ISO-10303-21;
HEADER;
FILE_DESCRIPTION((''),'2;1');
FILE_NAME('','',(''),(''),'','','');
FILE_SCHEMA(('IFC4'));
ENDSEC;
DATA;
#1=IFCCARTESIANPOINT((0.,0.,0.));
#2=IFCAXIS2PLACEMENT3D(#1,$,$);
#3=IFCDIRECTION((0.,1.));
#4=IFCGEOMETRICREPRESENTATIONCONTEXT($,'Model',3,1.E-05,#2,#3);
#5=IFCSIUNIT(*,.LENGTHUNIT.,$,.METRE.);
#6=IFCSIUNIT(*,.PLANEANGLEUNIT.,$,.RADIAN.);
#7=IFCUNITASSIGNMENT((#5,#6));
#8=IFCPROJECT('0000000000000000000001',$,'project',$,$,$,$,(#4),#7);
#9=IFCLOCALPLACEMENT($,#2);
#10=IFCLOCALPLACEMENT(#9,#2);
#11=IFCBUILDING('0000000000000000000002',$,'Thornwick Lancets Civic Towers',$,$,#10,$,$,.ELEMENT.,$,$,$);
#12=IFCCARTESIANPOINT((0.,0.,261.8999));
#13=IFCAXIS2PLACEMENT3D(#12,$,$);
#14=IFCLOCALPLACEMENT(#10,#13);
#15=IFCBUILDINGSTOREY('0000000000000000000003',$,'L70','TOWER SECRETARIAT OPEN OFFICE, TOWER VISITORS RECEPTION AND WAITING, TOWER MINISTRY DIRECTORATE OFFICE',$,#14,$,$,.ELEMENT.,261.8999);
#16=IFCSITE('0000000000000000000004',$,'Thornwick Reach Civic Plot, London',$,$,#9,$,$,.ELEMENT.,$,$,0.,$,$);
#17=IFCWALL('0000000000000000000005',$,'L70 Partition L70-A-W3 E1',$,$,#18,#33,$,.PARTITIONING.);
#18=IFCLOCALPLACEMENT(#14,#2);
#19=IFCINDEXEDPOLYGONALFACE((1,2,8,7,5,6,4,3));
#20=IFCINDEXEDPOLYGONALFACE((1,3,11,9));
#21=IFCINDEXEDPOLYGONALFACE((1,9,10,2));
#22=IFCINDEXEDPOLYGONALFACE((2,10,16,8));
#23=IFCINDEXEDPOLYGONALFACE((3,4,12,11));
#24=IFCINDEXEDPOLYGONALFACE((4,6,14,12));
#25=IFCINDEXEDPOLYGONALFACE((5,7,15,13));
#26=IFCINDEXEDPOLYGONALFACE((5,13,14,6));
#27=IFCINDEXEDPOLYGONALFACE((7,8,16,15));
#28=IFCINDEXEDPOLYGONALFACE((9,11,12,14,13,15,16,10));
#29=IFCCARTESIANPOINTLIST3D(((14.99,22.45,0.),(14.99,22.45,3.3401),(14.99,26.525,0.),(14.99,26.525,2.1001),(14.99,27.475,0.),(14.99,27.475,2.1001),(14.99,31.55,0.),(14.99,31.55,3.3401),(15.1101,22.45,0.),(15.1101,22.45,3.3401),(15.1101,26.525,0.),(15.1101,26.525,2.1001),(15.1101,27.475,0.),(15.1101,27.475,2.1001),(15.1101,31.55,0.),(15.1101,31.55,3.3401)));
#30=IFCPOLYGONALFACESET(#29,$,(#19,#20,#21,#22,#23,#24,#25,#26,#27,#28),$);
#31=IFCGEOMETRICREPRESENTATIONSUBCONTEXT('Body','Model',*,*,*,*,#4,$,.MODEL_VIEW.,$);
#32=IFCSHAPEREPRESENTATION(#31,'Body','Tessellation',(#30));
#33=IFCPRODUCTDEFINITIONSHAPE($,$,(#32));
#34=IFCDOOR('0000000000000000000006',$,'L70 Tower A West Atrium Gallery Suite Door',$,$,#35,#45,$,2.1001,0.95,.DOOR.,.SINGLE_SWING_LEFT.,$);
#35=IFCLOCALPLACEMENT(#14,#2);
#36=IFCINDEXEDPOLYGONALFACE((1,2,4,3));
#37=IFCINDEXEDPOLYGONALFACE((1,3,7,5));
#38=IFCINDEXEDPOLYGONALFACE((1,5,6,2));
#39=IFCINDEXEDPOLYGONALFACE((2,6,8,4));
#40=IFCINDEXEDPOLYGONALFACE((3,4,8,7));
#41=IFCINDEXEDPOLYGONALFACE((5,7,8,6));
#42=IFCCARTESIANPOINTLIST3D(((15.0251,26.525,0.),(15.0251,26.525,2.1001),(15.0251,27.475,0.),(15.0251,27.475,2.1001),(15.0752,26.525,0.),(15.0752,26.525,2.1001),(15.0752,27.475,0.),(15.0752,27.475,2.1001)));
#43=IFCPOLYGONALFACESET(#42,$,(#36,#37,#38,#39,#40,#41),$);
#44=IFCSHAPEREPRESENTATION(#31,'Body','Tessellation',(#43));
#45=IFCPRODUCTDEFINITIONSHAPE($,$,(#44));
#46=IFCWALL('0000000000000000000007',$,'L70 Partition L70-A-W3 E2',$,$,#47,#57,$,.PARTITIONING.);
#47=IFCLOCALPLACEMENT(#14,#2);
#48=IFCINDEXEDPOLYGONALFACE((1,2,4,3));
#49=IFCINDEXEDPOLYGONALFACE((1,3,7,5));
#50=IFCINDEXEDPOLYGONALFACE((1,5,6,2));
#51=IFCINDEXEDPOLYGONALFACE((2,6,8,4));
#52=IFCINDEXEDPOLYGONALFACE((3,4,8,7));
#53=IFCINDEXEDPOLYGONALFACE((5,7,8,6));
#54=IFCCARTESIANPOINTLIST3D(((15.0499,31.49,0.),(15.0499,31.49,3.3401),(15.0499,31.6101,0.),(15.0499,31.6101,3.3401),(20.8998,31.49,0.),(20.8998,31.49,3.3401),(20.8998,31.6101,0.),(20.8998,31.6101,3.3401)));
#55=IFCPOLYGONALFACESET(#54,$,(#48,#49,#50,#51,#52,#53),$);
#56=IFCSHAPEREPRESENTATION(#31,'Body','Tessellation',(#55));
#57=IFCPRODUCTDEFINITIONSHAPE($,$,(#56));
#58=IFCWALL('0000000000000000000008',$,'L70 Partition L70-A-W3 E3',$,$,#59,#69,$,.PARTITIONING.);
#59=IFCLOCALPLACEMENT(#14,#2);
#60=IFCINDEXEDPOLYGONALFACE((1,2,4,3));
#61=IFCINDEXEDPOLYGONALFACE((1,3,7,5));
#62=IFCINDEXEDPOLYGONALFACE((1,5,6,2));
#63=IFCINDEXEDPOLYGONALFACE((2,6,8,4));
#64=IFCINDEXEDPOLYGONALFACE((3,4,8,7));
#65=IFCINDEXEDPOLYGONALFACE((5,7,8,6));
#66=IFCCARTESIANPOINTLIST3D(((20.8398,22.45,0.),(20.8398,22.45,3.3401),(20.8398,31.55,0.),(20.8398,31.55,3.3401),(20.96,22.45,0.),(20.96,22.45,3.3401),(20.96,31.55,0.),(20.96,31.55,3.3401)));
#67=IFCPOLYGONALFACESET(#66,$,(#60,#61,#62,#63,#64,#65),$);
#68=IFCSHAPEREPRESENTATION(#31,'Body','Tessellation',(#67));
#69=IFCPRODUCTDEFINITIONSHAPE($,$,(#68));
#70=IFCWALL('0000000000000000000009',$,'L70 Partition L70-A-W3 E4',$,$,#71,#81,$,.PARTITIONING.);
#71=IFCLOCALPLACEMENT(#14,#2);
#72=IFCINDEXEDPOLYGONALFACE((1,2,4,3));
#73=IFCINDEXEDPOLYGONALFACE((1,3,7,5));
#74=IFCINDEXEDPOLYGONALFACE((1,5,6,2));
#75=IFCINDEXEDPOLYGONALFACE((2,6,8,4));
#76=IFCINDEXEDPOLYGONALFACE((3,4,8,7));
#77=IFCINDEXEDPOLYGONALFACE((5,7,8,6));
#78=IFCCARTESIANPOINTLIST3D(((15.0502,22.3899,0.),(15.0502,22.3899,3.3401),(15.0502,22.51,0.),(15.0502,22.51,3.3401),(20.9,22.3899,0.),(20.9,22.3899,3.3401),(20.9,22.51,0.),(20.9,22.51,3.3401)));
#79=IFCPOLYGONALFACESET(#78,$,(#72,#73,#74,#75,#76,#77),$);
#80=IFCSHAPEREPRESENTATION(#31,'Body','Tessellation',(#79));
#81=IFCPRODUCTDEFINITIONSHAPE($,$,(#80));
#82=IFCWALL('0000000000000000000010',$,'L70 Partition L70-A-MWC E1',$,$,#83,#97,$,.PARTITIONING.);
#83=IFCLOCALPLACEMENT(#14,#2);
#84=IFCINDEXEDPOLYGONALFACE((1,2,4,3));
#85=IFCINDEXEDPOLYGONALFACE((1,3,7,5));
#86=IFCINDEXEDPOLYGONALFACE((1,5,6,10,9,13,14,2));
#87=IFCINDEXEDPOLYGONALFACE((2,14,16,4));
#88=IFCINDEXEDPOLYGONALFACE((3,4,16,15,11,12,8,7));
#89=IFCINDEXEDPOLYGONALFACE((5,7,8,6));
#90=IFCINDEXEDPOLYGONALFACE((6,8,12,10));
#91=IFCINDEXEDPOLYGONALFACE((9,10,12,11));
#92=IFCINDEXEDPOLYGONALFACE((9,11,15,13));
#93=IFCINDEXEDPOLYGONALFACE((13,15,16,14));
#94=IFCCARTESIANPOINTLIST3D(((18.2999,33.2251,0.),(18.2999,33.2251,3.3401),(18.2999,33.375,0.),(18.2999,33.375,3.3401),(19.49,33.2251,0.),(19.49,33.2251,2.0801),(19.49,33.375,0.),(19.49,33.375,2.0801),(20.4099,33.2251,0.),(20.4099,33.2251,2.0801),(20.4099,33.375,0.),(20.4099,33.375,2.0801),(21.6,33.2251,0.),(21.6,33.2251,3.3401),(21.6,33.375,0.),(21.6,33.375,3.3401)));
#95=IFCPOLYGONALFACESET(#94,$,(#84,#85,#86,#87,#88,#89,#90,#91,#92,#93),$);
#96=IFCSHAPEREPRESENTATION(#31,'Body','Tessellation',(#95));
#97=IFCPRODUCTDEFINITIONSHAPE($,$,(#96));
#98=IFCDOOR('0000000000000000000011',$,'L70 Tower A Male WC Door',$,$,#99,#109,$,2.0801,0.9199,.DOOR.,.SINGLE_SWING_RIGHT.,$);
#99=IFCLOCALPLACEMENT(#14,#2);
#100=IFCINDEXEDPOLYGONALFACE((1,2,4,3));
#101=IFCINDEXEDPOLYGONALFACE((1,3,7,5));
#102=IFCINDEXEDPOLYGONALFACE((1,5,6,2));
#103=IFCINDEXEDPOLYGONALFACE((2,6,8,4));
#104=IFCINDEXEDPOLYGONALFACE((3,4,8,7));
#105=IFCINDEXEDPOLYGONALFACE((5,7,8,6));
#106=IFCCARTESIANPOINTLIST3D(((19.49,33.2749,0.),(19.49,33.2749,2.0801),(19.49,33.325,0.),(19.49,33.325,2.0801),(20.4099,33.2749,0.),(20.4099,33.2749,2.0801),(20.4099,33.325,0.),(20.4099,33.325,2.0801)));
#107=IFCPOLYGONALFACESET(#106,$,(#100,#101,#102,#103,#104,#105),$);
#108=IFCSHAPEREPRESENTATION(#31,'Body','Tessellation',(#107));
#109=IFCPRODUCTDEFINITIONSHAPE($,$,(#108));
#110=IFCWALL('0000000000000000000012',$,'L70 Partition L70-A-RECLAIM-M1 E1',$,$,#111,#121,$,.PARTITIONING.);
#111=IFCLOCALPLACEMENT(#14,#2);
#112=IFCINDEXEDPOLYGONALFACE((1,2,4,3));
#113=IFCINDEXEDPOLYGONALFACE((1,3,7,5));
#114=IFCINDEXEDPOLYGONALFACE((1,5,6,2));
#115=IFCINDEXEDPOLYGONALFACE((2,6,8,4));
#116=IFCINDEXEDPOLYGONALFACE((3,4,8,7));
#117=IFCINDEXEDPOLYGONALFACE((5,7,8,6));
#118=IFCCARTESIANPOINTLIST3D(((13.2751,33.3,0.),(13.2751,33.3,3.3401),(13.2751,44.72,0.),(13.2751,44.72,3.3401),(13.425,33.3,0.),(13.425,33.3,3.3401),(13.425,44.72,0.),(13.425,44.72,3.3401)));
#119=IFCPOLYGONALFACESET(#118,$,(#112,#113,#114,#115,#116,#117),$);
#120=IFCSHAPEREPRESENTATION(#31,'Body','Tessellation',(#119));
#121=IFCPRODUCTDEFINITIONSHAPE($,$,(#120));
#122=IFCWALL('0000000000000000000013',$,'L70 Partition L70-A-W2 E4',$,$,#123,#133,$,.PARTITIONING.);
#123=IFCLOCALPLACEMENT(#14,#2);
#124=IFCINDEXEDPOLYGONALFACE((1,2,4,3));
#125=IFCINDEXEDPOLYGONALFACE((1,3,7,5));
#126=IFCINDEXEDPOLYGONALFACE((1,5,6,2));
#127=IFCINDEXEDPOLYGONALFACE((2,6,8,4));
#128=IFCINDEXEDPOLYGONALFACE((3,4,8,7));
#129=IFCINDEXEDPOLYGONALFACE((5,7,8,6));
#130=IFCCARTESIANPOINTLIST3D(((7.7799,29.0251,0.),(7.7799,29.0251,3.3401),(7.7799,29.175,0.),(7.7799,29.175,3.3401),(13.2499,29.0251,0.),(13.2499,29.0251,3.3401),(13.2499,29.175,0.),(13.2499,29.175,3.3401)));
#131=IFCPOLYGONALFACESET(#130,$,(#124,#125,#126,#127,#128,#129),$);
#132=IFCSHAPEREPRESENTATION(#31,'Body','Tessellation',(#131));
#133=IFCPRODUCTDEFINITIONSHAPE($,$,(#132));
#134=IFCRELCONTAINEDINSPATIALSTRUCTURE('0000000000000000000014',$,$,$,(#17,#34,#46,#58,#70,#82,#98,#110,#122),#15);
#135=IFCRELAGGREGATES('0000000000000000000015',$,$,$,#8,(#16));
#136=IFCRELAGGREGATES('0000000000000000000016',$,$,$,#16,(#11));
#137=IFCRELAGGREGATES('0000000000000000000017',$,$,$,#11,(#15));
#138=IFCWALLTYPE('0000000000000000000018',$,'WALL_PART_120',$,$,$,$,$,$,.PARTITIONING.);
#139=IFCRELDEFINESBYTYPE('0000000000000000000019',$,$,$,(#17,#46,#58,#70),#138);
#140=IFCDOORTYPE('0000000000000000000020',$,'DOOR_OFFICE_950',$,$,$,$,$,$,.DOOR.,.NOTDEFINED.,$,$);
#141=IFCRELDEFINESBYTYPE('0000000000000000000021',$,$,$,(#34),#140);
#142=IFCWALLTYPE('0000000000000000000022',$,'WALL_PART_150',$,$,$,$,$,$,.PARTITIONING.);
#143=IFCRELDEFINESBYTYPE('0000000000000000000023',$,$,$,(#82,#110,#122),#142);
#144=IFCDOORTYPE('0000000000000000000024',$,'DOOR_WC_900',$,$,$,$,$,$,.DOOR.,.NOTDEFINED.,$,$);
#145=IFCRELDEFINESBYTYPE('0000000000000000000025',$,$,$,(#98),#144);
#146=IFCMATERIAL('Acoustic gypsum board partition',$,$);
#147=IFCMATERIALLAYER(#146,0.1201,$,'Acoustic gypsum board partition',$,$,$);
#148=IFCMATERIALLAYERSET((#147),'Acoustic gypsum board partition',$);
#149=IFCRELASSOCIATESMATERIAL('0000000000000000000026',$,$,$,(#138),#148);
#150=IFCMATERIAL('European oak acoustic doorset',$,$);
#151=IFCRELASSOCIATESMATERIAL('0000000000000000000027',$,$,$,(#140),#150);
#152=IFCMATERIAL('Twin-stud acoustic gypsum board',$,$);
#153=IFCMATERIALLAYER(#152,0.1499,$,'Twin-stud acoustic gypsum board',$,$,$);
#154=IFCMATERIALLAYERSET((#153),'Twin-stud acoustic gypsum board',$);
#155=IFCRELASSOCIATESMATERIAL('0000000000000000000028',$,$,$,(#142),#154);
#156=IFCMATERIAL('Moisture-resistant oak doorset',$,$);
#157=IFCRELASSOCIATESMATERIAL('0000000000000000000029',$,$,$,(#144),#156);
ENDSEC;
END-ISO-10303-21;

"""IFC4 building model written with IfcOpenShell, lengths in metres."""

from ifc_helpers import new_model, si_unit, direction, frame, frame_2d, origin, place, context, subcontext, project, spatial, rectangle, extrude, material, layer, layer_set, type_object, element, fill, save


model = new_model("IFC4")

# Units and contexts
model_context = context("Model", 3, precision=1e-05, world=origin(), true_north=direction((0.0, 1.0)))
body_context = subcontext(model_context, "Body", "Model", "MODEL_VIEW")
ifc_project = project(units=[si_unit("LENGTHUNIT", "METRE"), si_unit("PLANEANGLEUNIT", "RADIAN")], contexts=[model_context])

# Site, building, storey
site_placement = place(None, origin())
site = spatial("IfcSite", under=ifc_project, at=site_placement, Name="Thornwick Reach Civic Plot, London", CompositionType="ELEMENT", RefElevation=0.0)
building_placement = place(site_placement, origin())
building = spatial("IfcBuilding", under=site, at=building_placement, Name="Thornwick Lancets Civic Towers", CompositionType="ELEMENT")
storey_placement = place(building_placement, frame((0.0, 0.0, 261.8999)))
storey = spatial("IfcBuildingStorey", under=building, at=storey_placement, Name="L70", Description="TOWER SECRETARIAT OPEN OFFICE, TOWER VISITORS RECEPTION AND WAITING, TOWER MINISTRY DIRECTORATE OFFICE", CompositionType="ELEMENT", Elevation=261.8999)

# Shared definitions
ifc_material_1 = material(Name="Acoustic gypsum board partition")
ifc_layer_1 = layer(ifc_material_1, 0.1201, Name="Acoustic gypsum board partition")
ifc_layer_set_1 = layer_set([ifc_layer_1], Name="Acoustic gypsum board partition")
wall_type_1 = type_object("IfcWallType", Name="WALL_PART_120", PredefinedType="PARTITIONING", material=ifc_layer_set_1)

# Shared definitions
ifc_material_2 = material(Name="European oak acoustic doorset")
door_type_1 = type_object("IfcDoorType", Name="DOOR_OFFICE_950", OperationType="NOTDEFINED", PredefinedType="DOOR", material=ifc_material_2)

# Wall, opening, door
wall_1_placement = place(storey_placement, frame((15.05, 22.45, 0.0), z_axis=(0.0, 0.0, 1.0), x_axis=(0.0, 1.0, 0.0)))
wall_1 = element("IfcWall", 1, at=wall_1_placement, inside=storey, type_object=wall_type_1, Name="L70 Partition L70-A-W3 E1", PredefinedType="PARTITIONING", context=body_context, shape_type="SweptSolid", body=[
    extrude(rectangle(XDim=9.1001, YDim=0.1201, at=frame_2d((4.55, 0.0))), origin(), (0.0, 0.0, 1.0), 3.3401),
])
opening_1_placement = place(wall_1_placement, frame((4.075, 0.0, 0.0)))
opening_1 = element("IfcOpeningElement", 2, at=opening_1_placement, cuts=wall_1, PredefinedType="OPENING", context=body_context, shape_type="SweptSolid", body=[
    extrude(rectangle(XDim=0.95, YDim=2.1001, at=frame_2d((0.4751, 1.05))), frame((0.0, 0.0701, 0.0), z_axis=(0.0, -1.0, 0.0), x_axis=(1.0, 0.0, 0.0)), (0.0, 0.0, 1.0), 0.1401),
])
door_1_placement = place(opening_1_placement, origin())
door_1 = element("IfcDoor", 3, at=door_1_placement, inside=storey, type_object=door_type_1, Name="L70 Tower A West Atrium Gallery Suite Door", OperationType="SINGLE_SWING_LEFT", OverallHeight=2.1001, OverallWidth=0.95, PredefinedType="DOOR", context=body_context, shape_type="SweptSolid", body=[
    extrude(rectangle(XDim=0.95, YDim=2.1001, at=frame_2d((0.4751, 1.05))), frame((0.0, 0.0249, 0.0), z_axis=(0.0, -1.0, 0.0), x_axis=(1.0, 0.0, 0.0)), (0.0, 0.0, 1.0), 0.05),
])
fill(opening_1, door_1)

# Walls
wall_2_placement = place(storey_placement, frame((15.05, 31.55, 0.0), z_axis=(0.0, 0.0, 1.0), x_axis=(1.0, 0.0, 0.0)))
element("IfcWall", 4, at=wall_2_placement, inside=storey, type_object=wall_type_1, Name="L70 Partition L70-A-W3 E2", PredefinedType="PARTITIONING", context=body_context, shape_type="SweptSolid", body=[
    extrude(rectangle(XDim=5.8499, YDim=0.1201, at=frame_2d((2.9248, 0.0))), origin(), (0.0, 0.0, 1.0), 3.3401),
])
wall_3_placement = place(storey_placement, frame((20.8999, 31.55, 0.0), z_axis=(0.0, 0.0, 1.0), x_axis=(0.0, -1.0, 0.0)))
element("IfcWall", 5, at=wall_3_placement, inside=storey, type_object=wall_type_1, Name="L70 Partition L70-A-W3 E3", PredefinedType="PARTITIONING", context=body_context, shape_type="SweptSolid", body=[
    extrude(rectangle(XDim=9.1001, YDim=0.1201, at=frame_2d((4.55, 0.0))), origin(), (0.0, 0.0, 1.0), 3.3401),
])
wall_4_placement = place(storey_placement, frame((20.8999, 22.45, 0.0), z_axis=(0.0, 0.0, 1.0), x_axis=(-1.0, 0.0, 0.0)))
element("IfcWall", 6, at=wall_4_placement, inside=storey, type_object=wall_type_1, Name="L70 Partition L70-A-W3 E4", PredefinedType="PARTITIONING", context=body_context, shape_type="SweptSolid", body=[
    extrude(rectangle(XDim=5.8499, YDim=0.1201, at=frame_2d((2.9248, 0.0))), origin(), (0.0, 0.0, 1.0), 3.3401),
])

# Wall, opening, door
ifc_material_3 = material(Name="Twin-stud acoustic gypsum board")
ifc_layer_2 = layer(ifc_material_3, 0.1499, Name="Twin-stud acoustic gypsum board")
ifc_layer_set_2 = layer_set([ifc_layer_2], Name="Twin-stud acoustic gypsum board")
wall_type_2 = type_object("IfcWallType", Name="WALL_PART_150", PredefinedType="PARTITIONING", material=ifc_layer_set_2)
wall_5_placement = place(storey_placement, frame((18.3, 33.3, 0.0), z_axis=(0.0, 0.0, 1.0), x_axis=(1.0, 0.0, 0.0)))
wall_5 = element("IfcWall", 7, at=wall_5_placement, inside=storey, type_object=wall_type_2, Name="L70 Partition L70-A-MWC E1", PredefinedType="PARTITIONING", context=body_context, shape_type="SweptSolid", body=[
    extrude(rectangle(XDim=3.3, YDim=0.1499, at=frame_2d((1.6499, 0.0))), origin(), (0.0, 0.0, 1.0), 3.3401),
])
opening_2_placement = place(wall_5_placement, frame((1.1899, 0.0, 0.0)))
opening_2 = element("IfcOpeningElement", 8, at=opening_2_placement, cuts=wall_5, PredefinedType="OPENING", context=body_context, shape_type="SweptSolid", body=[
    extrude(rectangle(XDim=0.9199, YDim=2.0801, at=frame_2d((0.46, 1.04))), frame((0.0, 0.085, 0.0), z_axis=(0.0, -1.0, 0.0), x_axis=(1.0, 0.0, 0.0)), (0.0, 0.0, 1.0), 0.1699),
])
ifc_material_4 = material(Name="Moisture-resistant oak doorset")
door_type_2 = type_object("IfcDoorType", Name="DOOR_WC_900", OperationType="NOTDEFINED", PredefinedType="DOOR", material=ifc_material_4)
door_2_placement = place(opening_2_placement, origin())
door_2 = element("IfcDoor", 9, at=door_2_placement, inside=storey, type_object=door_type_2, Name="L70 Tower A Male WC Door", OperationType="SINGLE_SWING_RIGHT", OverallHeight=2.0801, OverallWidth=0.9199, PredefinedType="DOOR", context=body_context, shape_type="SweptSolid", body=[
    extrude(rectangle(XDim=0.9199, YDim=2.0801, at=frame_2d((0.46, 1.04))), frame((0.0, 0.0249, 0.0), z_axis=(0.0, -1.0, 0.0), x_axis=(1.0, 0.0, 0.0)), (0.0, 0.0, 1.0), 0.05),
])
fill(opening_2, door_2)

# Wall
wall_6_placement = place(storey_placement, frame((13.3501, 33.3, 0.0), z_axis=(0.0, 0.0, 1.0), x_axis=(0.0, 1.0, 0.0)))
element("IfcWall", 10, at=wall_6_placement, inside=storey, type_object=wall_type_2, Name="L70 Partition L70-A-RECLAIM-M1 E1", PredefinedType="PARTITIONING", context=body_context, shape_type="SweptSolid", body=[
    extrude(rectangle(XDim=11.4199, YDim=0.1499, at=frame_2d((5.71, 0.0))), origin(), (0.0, 0.0, 1.0), 3.3401),
])

# Wall
wall_7_placement = place(storey_placement, frame((7.78, 29.1001, 0.0), z_axis=(0.0, 0.0, 1.0), x_axis=(1.0, 0.0, 0.0)))
element("IfcWall", 11, at=wall_7_placement, inside=storey, type_object=wall_type_2, Name="L70 Partition L70-A-W2 E4", PredefinedType="PARTITIONING", context=body_context, shape_type="SweptSolid", body=[
    extrude(rectangle(XDim=5.47, YDim=0.1499, at=frame_2d((2.7349, 0.0))), origin(), (0.0, 0.0, 1.0), 3.3401),
])

save(model, "model.ifc")
